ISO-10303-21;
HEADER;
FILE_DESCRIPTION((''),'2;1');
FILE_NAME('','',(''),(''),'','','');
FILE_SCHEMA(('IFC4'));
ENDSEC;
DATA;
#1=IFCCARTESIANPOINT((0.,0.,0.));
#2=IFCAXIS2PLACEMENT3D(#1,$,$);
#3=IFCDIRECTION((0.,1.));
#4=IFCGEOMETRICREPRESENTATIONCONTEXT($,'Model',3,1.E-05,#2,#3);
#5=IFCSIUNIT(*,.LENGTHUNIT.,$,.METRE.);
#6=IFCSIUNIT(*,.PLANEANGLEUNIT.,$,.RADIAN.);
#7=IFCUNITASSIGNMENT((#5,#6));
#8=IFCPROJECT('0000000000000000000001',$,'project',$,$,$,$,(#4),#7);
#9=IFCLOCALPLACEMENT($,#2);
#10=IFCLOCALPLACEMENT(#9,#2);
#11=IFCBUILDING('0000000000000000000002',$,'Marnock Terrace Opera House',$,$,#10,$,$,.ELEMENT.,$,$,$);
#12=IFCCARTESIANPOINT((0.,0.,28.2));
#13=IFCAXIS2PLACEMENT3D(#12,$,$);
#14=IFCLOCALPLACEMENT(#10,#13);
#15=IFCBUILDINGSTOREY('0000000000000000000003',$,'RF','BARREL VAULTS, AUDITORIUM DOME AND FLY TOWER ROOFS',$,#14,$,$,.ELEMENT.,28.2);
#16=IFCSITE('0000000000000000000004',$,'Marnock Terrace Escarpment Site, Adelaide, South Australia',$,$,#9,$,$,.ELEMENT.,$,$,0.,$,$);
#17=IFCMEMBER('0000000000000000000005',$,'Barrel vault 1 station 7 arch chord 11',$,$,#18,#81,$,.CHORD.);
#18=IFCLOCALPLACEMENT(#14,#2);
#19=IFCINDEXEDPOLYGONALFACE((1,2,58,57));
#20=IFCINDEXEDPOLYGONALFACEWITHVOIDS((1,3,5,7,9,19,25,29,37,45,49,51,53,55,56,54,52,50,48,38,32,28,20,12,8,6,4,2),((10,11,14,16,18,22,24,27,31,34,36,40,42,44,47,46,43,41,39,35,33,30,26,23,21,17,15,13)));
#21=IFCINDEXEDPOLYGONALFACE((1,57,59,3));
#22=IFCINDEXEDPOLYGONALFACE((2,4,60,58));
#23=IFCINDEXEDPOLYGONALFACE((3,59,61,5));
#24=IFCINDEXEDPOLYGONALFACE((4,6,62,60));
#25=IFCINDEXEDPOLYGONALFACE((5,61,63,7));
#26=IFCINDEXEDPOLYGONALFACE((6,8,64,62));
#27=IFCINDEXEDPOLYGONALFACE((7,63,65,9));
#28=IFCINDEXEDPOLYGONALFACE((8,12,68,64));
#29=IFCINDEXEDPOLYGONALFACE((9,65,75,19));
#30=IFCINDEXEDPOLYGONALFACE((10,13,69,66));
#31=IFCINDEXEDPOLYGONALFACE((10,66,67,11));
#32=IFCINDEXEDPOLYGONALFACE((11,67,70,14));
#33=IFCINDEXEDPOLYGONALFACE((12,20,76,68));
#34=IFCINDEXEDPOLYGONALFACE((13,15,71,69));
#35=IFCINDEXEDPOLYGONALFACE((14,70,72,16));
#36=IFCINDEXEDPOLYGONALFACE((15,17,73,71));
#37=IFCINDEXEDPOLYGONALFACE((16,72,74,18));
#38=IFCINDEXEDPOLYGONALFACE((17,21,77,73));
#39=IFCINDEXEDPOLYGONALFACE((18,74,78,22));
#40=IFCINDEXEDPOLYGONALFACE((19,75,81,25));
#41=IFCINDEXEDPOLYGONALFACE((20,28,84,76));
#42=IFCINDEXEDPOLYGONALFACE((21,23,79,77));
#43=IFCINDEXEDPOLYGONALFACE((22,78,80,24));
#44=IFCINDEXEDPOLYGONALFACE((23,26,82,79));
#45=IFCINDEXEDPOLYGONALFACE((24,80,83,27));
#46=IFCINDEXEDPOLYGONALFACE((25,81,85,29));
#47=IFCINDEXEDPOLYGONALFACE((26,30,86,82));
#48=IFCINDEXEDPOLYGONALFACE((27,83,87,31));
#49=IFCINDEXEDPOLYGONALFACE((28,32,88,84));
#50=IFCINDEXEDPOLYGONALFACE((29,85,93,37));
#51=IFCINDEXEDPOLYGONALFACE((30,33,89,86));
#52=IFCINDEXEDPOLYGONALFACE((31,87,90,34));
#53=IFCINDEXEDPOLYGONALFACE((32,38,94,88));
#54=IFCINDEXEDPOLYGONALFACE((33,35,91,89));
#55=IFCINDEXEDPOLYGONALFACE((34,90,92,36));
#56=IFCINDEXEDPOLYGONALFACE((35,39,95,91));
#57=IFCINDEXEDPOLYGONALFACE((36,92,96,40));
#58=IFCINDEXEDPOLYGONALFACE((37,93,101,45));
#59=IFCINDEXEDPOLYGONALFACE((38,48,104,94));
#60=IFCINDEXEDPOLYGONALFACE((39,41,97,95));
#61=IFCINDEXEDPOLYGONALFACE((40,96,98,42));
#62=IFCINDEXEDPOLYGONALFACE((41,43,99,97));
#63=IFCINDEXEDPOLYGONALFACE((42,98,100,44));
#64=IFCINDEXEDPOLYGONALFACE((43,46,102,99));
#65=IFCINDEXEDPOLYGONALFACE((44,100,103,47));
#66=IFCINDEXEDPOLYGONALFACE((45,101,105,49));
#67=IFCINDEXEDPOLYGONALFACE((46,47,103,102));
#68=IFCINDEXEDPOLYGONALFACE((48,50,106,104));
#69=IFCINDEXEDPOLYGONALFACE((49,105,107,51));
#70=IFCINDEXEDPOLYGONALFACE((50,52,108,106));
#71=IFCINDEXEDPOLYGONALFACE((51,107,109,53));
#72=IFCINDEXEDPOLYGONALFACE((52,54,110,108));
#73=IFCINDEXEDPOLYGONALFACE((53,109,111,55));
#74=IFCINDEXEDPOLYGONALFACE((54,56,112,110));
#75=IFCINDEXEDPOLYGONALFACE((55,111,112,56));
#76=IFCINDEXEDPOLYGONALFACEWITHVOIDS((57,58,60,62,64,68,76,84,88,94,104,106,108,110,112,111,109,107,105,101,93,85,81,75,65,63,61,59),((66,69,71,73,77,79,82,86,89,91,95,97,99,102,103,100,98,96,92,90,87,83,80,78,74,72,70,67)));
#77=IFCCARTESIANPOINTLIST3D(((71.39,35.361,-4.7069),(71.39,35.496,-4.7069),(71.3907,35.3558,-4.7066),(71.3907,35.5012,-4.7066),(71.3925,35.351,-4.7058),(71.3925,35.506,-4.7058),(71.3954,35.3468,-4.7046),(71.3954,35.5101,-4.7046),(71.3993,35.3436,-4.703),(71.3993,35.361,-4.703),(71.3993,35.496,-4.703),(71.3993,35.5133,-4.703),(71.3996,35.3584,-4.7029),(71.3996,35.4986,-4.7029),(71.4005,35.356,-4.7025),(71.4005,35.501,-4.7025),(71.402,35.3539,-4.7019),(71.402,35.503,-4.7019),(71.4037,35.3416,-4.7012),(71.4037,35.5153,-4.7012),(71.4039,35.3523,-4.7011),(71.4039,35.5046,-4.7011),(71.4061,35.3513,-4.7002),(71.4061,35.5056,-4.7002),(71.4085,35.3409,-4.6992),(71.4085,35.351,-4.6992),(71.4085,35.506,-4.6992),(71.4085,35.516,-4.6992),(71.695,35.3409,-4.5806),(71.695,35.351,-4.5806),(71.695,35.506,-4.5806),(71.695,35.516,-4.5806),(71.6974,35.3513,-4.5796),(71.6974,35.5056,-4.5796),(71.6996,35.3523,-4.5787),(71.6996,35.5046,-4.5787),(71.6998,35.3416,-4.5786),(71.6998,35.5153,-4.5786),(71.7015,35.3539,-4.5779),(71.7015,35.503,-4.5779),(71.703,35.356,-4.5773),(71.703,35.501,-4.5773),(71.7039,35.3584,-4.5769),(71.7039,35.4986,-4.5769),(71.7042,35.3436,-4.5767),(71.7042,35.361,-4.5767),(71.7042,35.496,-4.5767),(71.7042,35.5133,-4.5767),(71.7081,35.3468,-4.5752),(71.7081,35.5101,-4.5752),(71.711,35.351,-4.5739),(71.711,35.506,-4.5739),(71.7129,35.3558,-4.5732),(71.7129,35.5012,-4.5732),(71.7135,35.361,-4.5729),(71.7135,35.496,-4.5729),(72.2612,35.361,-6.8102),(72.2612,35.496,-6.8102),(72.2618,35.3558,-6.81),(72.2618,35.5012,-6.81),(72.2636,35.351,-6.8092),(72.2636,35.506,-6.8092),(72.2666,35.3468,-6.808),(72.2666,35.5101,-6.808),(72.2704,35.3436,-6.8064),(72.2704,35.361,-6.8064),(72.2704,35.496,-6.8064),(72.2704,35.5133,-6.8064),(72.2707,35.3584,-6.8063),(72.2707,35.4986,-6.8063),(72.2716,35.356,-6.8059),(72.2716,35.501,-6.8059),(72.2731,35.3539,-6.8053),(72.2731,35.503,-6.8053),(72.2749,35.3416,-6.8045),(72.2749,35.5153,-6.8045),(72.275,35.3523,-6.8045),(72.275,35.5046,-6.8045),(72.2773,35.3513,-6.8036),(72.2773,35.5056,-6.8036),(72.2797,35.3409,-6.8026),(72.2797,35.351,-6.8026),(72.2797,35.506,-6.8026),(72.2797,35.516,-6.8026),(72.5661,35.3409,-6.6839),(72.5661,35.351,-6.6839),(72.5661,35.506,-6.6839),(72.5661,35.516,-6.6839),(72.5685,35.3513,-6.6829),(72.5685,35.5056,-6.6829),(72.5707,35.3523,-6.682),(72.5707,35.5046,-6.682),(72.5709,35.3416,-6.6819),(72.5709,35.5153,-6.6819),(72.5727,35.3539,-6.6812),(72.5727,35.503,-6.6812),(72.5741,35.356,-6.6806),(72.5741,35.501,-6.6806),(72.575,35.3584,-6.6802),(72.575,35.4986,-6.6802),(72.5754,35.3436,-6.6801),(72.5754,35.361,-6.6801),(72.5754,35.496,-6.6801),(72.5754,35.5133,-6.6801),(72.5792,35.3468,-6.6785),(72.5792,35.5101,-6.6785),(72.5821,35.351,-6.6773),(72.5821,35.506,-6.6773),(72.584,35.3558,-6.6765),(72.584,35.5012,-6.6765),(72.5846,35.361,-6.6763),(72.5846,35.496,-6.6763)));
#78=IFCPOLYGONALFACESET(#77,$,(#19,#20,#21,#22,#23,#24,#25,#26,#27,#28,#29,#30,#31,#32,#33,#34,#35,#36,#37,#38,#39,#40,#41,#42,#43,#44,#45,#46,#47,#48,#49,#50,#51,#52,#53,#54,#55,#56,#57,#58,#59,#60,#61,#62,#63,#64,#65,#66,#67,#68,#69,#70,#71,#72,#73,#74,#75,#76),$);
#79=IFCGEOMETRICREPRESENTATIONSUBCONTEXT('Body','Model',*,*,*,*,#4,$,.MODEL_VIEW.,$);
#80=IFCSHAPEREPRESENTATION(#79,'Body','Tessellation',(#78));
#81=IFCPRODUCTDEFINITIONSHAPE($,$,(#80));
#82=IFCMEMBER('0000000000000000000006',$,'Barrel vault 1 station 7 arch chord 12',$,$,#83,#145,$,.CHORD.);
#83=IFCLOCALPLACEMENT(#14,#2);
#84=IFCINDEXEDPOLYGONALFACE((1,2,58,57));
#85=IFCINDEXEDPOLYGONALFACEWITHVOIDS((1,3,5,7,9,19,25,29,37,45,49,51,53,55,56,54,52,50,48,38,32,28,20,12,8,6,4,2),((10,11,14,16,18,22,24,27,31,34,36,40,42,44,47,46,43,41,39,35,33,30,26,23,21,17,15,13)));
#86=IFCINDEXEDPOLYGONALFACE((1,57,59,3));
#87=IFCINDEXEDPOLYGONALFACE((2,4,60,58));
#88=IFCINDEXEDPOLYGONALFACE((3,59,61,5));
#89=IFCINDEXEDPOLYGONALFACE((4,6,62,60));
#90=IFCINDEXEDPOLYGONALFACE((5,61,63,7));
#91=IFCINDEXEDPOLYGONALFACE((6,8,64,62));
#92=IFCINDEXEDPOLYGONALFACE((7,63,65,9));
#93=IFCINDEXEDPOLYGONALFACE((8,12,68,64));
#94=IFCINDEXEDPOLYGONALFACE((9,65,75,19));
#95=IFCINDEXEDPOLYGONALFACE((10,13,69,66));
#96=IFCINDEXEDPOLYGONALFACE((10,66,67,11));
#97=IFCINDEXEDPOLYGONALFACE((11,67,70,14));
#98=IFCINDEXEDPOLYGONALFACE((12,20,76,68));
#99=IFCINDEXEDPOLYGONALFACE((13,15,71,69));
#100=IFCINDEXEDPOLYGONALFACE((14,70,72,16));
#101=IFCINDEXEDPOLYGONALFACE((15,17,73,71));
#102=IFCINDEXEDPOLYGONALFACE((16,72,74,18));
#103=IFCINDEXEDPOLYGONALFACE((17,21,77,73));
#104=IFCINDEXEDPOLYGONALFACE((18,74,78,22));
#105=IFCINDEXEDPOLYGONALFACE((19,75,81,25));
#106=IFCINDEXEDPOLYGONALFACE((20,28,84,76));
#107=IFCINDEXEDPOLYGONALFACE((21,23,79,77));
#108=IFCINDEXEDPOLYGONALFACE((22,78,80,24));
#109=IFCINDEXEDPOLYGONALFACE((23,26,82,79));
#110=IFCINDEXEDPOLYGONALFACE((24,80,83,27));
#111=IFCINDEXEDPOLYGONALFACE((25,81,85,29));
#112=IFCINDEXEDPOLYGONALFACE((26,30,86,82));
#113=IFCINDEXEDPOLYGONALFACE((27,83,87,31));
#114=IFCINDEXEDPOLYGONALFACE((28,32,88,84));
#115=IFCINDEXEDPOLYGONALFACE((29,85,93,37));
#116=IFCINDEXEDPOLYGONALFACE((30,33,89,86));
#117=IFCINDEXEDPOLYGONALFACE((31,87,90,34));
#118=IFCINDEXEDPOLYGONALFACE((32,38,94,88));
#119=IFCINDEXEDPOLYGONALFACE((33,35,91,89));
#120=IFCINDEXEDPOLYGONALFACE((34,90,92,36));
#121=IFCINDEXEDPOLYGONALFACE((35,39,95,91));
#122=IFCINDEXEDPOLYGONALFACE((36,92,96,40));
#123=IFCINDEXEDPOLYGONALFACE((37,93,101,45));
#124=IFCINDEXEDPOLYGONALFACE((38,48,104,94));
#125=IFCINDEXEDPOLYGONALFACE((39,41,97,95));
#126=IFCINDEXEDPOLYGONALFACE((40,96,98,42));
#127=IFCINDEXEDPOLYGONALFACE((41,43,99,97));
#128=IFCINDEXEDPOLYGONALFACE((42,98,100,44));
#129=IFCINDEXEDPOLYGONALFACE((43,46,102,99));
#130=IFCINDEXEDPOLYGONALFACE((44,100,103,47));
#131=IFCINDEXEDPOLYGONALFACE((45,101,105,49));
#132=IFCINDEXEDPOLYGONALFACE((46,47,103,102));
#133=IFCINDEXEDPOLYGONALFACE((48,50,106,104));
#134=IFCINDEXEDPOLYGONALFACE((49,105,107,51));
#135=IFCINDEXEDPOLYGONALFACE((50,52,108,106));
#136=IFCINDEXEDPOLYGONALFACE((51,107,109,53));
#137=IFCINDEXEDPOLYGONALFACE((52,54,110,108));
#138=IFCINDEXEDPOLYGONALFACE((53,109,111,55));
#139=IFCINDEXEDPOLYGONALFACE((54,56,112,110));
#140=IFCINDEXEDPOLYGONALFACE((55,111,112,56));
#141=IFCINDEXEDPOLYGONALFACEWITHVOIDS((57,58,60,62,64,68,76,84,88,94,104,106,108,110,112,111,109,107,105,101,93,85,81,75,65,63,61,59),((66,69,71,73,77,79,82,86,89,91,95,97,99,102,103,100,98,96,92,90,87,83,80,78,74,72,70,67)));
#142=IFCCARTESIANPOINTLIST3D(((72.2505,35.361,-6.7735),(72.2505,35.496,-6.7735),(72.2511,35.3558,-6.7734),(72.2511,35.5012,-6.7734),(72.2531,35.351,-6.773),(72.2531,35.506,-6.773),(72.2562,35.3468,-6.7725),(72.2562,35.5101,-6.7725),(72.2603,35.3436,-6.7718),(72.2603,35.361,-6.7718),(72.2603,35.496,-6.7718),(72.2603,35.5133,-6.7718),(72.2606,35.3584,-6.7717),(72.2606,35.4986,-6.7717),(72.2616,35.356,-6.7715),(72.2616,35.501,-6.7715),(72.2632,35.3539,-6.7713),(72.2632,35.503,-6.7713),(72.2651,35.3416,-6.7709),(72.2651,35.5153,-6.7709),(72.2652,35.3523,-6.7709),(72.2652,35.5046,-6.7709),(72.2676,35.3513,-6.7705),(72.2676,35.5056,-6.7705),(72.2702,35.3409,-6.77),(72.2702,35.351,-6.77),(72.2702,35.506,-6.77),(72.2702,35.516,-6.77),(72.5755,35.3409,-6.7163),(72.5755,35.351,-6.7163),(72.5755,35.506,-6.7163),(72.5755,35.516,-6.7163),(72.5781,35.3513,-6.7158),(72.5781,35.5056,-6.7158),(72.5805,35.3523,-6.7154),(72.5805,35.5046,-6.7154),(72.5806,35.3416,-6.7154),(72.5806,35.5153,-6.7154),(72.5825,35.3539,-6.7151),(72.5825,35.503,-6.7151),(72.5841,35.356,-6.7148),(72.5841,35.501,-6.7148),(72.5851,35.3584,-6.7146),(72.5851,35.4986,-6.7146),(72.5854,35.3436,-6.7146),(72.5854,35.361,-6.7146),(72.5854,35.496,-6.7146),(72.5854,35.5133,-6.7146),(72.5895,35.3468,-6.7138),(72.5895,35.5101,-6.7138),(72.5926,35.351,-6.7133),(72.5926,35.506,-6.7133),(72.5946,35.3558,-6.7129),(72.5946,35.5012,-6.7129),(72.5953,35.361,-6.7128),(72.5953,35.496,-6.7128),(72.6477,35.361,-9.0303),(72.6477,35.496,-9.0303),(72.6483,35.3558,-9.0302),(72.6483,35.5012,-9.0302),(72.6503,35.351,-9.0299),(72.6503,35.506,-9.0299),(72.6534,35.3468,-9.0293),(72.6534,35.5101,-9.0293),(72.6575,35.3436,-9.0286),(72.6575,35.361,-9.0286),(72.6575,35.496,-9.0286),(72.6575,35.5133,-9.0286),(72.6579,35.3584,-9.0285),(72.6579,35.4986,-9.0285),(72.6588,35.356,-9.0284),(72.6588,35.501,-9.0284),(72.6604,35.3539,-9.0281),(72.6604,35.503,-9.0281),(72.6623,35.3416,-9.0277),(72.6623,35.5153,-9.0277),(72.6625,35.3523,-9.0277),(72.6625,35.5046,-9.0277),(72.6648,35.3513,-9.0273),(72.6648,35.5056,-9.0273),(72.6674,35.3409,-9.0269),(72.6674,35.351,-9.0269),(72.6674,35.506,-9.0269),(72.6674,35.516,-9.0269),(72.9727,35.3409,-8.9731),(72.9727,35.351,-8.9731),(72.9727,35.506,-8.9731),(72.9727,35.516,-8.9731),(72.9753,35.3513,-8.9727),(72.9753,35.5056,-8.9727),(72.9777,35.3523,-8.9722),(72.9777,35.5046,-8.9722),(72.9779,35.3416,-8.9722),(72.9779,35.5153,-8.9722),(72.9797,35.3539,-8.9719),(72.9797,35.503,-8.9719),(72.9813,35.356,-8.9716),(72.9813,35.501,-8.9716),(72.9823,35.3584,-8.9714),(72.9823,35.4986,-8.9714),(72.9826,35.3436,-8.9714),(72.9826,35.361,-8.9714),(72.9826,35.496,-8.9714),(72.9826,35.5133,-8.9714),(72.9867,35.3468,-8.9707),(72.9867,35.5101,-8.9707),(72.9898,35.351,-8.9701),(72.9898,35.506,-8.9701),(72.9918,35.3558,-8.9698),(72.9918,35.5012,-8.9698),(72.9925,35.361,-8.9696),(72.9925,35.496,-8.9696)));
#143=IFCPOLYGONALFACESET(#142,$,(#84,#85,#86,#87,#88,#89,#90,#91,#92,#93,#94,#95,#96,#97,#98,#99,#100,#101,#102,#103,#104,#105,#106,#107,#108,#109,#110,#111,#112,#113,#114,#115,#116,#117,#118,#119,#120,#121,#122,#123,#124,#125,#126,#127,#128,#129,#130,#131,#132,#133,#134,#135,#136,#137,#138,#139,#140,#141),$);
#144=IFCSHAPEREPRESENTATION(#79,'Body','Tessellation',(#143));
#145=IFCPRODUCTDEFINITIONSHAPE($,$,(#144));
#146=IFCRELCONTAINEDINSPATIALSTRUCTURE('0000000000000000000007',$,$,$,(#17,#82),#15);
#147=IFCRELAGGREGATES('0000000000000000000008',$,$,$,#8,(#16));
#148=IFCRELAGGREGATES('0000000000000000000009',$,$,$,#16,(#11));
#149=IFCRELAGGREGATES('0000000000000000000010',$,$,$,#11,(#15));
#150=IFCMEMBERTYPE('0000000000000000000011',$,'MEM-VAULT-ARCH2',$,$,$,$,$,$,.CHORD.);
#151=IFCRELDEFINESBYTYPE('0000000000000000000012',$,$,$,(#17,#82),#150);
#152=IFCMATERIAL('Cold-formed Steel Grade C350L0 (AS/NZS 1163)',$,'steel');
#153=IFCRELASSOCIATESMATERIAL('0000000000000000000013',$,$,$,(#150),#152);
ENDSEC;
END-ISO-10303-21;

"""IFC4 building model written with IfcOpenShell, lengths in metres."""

from ifc_helpers import new_model, si_unit, direction, frame, origin, origin_2d, place, context, subcontext, project, spatial, hollow_rectangle, extrude, material, material_profile, profile_set, type_object, element, save


model = new_model("IFC4")

# Units and contexts
model_context = context("Model", 3, precision=1e-05, world=origin(), true_north=direction((0.0, 1.0)))
body_context = subcontext(model_context, "Body", "Model", "MODEL_VIEW")
ifc_project = project(units=[si_unit("LENGTHUNIT", "METRE"), si_unit("PLANEANGLEUNIT", "RADIAN")], contexts=[model_context])

# Site, building, storey
site_placement = place(None, origin())
site = spatial("IfcSite", under=ifc_project, at=site_placement, Name="Marnock Terrace Escarpment Site, Adelaide, South Australia", CompositionType="ELEMENT", RefElevation=0.0)
building_placement = place(site_placement, origin())
building = spatial("IfcBuilding", under=site, at=building_placement, Name="Marnock Terrace Opera House", CompositionType="ELEMENT")
storey_placement = place(building_placement, frame((0.0, 0.0, 28.2)))
storey = spatial("IfcBuildingStorey", under=building, at=storey_placement, Name="RF", Description="BARREL VAULTS, AUDITORIUM DOME AND FLY TOWER ROOFS", CompositionType="ELEMENT", Elevation=28.2)

# Members
ifc_material_1 = material(Name="Cold-formed Steel Grade C350L0 (AS/NZS 1163)", Category="steel")
ifc_material_profile_1 = material_profile(ifc_material_1, hollow_rectangle(XDim=0.175, YDim=0.3501, WallThickness=0.01, InnerFilletRadius=0.01, OuterFilletRadius=0.02, at=origin_2d()))
ifc_profile_set_1 = profile_set([ifc_material_profile_1], Name="Cold-formed Steel Grade C350L0 (AS/NZS 1163)")
member_type_1 = type_object("IfcMemberType", Name="MEM-VAULT-ARCH2", PredefinedType="CHORD", material=ifc_profile_set_1)
member_1_placement = place(storey_placement, frame((71.5518, 35.4285, -4.6399), z_axis=(0.382642, 0.0, -0.923897), x_axis=(0.0, 1.0, 0.0)))
element("IfcMember", 1, at=member_1_placement, inside=storey, type_object=member_type_1, Name="Barrel vault 1 station 7 arch chord 11", PredefinedType="CHORD", context=body_context, shape_type="SweptSolid", body=[
    extrude(hollow_rectangle(XDim=0.175, YDim=0.3501, WallThickness=0.01, InnerFilletRadius=0.01, OuterFilletRadius=0.02, at=origin_2d()), origin(), (0.0, 0.0, 1.0), 2.2766),
])
member_2_placement = place(storey_placement, frame((72.4229, 35.4285, -6.7432), z_axis=(0.173342, 0.0, -0.984862), x_axis=(0.0, 1.0, 0.0)))
element("IfcMember", 2, at=member_2_placement, inside=storey, type_object=member_type_1, Name="Barrel vault 1 station 7 arch chord 12", PredefinedType="CHORD", context=body_context, shape_type="SweptSolid", body=[
    extrude(hollow_rectangle(XDim=0.175, YDim=0.3501, WallThickness=0.01, InnerFilletRadius=0.01, OuterFilletRadius=0.02, at=origin_2d()), origin(), (0.0, 0.0, 1.0), 2.2915),
])

save(model, "model.ifc")
